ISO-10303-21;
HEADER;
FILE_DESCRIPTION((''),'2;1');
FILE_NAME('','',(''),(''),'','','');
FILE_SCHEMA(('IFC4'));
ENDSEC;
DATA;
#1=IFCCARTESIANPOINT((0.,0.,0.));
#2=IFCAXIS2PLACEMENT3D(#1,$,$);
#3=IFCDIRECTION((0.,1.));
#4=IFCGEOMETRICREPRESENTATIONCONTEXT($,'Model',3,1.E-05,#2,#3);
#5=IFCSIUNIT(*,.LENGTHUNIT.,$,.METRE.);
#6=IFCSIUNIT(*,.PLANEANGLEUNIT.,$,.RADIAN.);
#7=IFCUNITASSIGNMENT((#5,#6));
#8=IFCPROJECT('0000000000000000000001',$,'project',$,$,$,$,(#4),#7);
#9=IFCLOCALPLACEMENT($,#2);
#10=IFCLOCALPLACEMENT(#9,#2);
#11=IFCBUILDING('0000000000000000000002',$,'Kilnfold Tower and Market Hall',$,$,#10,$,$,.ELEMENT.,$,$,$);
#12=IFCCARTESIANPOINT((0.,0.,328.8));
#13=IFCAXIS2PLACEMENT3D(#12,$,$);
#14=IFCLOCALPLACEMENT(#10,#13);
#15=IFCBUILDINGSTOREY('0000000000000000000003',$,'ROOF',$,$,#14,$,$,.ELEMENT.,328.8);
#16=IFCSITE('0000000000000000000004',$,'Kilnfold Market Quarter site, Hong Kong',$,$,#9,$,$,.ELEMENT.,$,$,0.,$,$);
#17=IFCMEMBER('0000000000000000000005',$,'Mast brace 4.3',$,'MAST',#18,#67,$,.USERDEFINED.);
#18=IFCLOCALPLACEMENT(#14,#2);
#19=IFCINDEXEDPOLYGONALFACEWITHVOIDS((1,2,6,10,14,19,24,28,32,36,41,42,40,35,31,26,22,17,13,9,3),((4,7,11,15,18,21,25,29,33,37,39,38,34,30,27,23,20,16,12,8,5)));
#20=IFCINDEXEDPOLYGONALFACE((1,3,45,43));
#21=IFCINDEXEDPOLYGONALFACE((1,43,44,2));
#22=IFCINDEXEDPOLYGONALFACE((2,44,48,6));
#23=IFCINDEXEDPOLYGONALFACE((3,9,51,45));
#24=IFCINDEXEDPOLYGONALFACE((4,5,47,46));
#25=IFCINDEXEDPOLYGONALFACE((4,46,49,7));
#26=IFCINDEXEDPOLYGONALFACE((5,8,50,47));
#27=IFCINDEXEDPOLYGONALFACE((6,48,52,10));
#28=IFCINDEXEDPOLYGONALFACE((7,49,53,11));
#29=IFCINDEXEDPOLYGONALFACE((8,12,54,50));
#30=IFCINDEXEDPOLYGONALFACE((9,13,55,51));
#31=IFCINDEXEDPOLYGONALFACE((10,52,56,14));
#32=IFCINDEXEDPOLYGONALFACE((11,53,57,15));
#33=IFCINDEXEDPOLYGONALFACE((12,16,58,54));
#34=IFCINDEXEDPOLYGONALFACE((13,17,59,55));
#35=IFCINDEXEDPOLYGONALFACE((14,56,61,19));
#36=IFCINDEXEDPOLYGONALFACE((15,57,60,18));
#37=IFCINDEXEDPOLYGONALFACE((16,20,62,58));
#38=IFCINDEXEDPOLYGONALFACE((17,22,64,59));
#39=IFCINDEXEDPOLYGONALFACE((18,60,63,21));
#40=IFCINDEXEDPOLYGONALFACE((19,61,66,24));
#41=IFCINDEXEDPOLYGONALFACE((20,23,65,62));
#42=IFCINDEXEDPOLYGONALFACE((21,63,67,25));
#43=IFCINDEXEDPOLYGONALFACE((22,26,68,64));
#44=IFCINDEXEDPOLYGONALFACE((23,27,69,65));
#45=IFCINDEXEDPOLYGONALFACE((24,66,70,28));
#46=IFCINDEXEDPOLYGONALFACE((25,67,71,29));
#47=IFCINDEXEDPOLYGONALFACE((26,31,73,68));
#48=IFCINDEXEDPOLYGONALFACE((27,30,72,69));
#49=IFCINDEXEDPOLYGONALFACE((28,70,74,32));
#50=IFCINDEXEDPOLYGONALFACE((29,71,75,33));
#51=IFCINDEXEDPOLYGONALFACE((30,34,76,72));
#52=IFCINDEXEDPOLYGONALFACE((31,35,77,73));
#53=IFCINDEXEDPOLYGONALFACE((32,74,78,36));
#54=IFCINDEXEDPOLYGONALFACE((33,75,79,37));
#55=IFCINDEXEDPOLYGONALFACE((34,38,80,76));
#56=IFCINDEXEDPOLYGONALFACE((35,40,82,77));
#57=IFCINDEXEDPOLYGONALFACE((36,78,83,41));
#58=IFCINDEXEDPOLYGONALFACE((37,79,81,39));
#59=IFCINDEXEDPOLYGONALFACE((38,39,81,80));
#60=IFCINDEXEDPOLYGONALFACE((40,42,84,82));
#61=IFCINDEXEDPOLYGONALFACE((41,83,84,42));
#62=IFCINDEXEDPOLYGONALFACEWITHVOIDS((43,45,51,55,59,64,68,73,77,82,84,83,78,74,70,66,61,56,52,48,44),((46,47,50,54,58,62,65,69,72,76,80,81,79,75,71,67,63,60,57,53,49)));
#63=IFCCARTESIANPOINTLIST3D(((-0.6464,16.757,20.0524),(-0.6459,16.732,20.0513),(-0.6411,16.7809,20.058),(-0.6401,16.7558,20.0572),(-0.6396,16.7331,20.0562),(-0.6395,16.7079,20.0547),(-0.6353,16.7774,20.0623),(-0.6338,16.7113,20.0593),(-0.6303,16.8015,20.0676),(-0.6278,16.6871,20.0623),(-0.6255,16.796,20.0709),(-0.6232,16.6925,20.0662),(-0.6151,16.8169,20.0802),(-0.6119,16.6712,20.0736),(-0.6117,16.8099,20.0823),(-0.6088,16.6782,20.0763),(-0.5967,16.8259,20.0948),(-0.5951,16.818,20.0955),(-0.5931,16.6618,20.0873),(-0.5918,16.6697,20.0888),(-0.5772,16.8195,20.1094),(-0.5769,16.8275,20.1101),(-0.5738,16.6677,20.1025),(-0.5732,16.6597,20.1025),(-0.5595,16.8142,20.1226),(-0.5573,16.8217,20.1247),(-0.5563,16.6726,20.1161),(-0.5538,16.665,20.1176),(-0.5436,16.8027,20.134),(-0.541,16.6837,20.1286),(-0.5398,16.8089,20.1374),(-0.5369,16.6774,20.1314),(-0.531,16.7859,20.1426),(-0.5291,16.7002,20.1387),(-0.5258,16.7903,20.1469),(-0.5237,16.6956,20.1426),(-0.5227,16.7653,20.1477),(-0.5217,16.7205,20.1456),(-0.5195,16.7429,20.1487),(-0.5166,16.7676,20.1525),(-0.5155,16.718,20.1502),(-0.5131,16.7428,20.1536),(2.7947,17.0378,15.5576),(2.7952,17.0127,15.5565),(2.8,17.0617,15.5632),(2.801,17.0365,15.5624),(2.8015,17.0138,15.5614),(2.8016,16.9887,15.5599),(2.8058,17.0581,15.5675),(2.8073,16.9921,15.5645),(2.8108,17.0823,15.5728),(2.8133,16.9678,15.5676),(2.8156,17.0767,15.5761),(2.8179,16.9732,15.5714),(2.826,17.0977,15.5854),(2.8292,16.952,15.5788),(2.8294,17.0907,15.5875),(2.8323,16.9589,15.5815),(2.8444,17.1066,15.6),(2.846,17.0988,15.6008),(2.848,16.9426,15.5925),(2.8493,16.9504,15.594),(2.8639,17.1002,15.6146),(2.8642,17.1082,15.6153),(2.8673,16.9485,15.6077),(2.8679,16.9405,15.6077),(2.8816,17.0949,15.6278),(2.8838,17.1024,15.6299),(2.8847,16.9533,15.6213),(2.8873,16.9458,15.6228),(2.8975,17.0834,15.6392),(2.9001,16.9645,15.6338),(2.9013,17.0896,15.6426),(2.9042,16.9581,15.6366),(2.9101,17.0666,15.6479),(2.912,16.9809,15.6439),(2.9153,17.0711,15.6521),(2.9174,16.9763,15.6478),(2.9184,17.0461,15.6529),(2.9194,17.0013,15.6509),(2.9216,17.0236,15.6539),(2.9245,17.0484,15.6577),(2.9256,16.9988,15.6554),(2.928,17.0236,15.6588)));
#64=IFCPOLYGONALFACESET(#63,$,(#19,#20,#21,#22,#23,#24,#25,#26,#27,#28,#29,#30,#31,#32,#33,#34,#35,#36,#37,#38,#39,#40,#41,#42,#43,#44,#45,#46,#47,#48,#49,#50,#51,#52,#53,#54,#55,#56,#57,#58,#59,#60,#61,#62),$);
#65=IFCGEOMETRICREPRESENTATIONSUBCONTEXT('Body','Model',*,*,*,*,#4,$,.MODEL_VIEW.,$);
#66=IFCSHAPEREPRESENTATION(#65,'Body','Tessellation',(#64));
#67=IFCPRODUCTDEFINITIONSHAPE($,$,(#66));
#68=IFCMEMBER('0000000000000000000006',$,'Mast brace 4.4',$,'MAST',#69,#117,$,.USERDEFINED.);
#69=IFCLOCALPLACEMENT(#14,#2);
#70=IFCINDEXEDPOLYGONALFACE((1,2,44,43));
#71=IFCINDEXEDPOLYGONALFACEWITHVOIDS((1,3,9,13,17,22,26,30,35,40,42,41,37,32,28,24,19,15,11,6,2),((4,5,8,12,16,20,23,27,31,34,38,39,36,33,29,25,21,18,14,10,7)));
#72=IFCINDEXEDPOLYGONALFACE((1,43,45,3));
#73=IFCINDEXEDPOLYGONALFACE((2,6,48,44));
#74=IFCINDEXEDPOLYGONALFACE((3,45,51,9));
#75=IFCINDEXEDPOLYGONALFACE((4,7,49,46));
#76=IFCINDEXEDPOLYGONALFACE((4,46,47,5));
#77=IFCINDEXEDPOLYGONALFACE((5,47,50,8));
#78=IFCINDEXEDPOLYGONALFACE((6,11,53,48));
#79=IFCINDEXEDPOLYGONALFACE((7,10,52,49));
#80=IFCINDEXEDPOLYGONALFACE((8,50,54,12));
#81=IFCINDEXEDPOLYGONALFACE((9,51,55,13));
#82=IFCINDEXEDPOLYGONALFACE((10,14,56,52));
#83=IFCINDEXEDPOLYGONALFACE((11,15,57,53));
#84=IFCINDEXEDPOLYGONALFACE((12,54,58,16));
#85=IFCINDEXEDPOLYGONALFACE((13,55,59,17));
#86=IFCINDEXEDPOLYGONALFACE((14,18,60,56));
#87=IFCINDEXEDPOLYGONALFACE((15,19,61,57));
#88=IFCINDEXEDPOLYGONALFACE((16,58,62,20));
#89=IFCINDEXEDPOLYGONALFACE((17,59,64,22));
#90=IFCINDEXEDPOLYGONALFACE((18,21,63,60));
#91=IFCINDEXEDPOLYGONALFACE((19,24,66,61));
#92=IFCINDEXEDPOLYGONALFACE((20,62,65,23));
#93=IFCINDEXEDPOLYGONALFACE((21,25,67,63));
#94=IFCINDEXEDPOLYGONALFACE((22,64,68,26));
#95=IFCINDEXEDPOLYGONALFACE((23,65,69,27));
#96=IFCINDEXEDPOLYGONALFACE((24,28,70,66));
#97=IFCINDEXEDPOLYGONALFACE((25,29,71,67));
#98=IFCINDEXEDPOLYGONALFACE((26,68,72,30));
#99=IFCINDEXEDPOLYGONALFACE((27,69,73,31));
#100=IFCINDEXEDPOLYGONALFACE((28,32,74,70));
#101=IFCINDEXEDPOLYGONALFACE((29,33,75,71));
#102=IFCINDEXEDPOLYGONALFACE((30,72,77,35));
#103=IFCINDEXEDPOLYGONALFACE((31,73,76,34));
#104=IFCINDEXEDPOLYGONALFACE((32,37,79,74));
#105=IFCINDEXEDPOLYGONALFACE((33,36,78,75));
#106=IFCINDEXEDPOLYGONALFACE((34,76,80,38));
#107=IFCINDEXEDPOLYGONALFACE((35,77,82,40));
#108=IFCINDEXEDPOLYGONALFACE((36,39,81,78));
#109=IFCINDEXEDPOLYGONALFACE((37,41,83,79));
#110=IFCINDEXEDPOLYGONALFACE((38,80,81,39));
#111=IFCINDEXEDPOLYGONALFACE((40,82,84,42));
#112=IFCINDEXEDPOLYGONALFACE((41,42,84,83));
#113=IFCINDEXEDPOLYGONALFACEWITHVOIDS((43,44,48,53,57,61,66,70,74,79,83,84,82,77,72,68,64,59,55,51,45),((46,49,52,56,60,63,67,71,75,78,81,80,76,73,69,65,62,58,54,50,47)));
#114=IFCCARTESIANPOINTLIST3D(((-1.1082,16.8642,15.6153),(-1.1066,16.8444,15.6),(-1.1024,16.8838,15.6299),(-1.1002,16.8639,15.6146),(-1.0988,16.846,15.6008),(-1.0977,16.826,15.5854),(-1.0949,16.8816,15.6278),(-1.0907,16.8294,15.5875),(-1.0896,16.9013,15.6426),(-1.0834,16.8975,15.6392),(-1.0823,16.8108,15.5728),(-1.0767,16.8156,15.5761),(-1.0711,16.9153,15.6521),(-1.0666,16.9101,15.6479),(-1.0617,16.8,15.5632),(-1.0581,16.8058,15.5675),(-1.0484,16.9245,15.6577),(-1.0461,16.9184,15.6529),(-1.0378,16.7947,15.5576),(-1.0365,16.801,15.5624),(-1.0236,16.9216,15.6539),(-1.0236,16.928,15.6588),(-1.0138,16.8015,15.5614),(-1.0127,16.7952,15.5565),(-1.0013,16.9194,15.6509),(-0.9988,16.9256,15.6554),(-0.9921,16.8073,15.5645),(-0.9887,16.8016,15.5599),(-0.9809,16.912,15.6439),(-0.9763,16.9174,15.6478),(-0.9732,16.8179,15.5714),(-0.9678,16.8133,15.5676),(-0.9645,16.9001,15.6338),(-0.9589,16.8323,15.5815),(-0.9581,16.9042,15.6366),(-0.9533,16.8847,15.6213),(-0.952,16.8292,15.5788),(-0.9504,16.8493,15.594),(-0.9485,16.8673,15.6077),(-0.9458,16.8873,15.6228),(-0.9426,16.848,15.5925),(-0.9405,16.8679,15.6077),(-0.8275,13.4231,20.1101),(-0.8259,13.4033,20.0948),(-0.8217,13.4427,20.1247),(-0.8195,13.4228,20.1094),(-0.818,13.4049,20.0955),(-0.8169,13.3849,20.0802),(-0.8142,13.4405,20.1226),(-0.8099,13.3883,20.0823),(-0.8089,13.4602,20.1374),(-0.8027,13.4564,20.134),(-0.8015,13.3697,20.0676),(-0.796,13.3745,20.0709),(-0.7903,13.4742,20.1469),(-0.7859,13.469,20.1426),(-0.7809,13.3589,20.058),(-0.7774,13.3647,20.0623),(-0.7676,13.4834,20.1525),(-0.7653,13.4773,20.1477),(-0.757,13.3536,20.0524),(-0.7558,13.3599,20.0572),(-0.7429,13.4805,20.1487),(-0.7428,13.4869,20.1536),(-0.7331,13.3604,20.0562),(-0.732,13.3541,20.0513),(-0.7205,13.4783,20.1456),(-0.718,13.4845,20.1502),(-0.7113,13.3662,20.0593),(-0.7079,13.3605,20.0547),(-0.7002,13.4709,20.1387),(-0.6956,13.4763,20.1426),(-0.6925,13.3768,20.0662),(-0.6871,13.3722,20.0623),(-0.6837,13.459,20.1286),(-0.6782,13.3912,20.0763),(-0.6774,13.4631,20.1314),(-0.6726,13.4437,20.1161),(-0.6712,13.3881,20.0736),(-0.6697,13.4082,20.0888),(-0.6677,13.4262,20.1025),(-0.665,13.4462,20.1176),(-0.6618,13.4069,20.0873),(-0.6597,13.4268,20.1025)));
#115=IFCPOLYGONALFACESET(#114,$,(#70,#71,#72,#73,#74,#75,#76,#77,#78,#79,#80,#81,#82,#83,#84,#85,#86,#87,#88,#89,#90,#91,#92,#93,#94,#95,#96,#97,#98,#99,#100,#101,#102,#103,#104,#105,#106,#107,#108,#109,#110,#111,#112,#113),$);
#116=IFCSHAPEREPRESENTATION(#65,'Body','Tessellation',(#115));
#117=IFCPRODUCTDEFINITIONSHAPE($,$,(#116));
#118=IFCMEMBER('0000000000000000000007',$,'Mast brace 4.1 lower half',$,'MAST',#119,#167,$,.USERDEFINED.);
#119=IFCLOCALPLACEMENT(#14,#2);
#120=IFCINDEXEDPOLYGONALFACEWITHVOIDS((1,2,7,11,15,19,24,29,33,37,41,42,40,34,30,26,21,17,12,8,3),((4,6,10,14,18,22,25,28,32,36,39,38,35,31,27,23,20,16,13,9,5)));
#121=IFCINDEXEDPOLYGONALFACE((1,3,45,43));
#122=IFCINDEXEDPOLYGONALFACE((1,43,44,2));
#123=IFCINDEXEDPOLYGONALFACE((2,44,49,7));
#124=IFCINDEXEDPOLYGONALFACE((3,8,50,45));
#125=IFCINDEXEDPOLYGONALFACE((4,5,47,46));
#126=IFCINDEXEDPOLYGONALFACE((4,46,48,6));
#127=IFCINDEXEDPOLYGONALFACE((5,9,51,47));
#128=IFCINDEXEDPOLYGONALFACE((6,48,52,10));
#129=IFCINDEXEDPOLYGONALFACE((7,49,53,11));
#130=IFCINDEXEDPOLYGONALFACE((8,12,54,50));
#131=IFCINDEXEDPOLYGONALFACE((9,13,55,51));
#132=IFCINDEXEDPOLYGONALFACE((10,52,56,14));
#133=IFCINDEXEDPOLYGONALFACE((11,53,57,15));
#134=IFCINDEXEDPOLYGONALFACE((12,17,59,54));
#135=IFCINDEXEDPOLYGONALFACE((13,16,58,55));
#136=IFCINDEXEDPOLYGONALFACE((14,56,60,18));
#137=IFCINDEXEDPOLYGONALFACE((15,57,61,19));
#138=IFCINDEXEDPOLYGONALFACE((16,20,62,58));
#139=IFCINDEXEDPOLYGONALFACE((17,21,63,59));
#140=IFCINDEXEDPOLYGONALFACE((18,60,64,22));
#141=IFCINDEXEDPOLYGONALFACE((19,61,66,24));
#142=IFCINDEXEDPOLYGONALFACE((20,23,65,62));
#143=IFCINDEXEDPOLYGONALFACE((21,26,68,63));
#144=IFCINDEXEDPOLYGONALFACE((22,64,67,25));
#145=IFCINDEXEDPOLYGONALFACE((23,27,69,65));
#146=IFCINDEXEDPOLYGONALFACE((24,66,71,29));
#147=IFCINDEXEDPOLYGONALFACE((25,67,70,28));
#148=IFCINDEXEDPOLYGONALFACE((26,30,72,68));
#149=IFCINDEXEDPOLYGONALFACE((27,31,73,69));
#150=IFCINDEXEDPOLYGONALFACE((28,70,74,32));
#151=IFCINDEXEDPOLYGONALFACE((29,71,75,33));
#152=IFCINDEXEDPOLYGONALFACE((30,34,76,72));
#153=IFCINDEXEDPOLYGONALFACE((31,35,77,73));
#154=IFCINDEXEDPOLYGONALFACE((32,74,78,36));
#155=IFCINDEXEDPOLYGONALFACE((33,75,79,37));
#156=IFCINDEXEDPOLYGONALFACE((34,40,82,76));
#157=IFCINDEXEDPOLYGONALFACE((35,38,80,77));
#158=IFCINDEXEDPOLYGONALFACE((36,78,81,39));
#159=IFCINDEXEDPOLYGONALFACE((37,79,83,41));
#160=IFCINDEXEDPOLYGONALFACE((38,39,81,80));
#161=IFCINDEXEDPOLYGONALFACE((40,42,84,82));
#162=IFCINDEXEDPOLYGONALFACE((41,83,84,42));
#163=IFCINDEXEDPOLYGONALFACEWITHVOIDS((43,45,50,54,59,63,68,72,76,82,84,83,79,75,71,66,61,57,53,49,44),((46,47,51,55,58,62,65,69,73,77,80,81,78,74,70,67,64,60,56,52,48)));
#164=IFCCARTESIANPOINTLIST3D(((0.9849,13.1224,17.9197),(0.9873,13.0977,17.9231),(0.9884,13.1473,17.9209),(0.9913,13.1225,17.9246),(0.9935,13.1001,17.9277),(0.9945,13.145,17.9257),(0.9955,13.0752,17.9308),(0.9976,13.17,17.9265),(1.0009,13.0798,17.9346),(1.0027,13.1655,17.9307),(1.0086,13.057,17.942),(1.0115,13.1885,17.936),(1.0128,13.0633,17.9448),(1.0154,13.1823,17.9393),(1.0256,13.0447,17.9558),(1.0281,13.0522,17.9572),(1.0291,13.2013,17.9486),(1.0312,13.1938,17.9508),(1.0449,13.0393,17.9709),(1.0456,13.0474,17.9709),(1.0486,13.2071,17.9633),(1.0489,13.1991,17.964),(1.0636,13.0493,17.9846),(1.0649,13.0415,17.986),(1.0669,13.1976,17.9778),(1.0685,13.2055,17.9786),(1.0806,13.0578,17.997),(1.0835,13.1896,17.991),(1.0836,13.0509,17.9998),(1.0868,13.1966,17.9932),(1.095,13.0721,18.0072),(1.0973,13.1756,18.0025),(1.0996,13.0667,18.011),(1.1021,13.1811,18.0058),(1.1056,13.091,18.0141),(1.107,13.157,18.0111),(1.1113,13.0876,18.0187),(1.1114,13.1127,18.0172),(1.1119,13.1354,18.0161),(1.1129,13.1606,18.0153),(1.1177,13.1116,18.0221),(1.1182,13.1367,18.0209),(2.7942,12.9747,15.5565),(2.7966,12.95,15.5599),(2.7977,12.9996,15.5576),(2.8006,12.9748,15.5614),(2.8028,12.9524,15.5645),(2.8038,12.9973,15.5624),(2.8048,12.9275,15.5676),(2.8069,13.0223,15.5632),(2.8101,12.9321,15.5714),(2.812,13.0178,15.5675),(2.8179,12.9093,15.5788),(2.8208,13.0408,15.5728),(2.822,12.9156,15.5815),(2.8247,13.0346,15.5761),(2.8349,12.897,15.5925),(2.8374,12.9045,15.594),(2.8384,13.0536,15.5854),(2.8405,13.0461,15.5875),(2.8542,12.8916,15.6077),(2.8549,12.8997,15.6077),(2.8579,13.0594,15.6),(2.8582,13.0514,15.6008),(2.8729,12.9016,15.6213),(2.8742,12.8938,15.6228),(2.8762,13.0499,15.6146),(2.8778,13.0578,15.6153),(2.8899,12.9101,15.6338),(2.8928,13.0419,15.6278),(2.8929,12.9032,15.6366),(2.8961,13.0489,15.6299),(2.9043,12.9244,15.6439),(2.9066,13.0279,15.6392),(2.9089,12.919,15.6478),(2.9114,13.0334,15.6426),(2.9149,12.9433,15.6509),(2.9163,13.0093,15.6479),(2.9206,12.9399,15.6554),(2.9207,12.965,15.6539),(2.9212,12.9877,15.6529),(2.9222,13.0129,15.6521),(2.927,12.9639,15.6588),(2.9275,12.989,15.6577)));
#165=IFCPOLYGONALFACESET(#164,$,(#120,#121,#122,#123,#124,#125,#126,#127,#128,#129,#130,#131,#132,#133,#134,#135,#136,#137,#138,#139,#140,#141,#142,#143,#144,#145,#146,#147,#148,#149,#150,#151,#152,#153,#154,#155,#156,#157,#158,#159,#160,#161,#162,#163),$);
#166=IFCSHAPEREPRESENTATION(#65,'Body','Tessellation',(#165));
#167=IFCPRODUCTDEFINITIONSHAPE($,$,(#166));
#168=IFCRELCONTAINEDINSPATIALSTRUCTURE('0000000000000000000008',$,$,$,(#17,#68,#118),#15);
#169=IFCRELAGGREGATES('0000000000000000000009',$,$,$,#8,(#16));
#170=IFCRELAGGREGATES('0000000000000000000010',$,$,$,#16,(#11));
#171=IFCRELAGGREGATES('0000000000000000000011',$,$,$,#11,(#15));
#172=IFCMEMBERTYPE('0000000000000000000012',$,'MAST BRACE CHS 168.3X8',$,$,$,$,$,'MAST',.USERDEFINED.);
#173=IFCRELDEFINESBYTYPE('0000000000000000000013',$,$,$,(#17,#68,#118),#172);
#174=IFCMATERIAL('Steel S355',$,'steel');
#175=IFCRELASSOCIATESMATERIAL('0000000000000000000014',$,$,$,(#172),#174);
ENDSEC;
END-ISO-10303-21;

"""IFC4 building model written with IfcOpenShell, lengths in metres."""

from ifc_helpers import new_model, si_unit, direction, frame, origin, origin_2d, place, context, subcontext, project, spatial, hollow_circle, extrude, source, transform, mapped, material, material_profile, profile_set, type_object, element, save


model = new_model("IFC4")

# Units and contexts
model_context = context("Model", 3, precision=1e-05, world=origin(), true_north=direction((0.0, 1.0)))
body_context = subcontext(model_context, "Body", "Model", "MODEL_VIEW")
ifc_project = project(units=[si_unit("LENGTHUNIT", "METRE"), si_unit("PLANEANGLEUNIT", "RADIAN")], contexts=[model_context])

# Site, building, storey
site_placement = place(None, origin())
site = spatial("IfcSite", under=ifc_project, at=site_placement, Name="Kilnfold Market Quarter site, Hong Kong", CompositionType="ELEMENT", RefElevation=0.0)
building_placement = place(site_placement, origin())
building = spatial("IfcBuilding", under=site, at=building_placement, Name="Kilnfold Tower and Market Hall", CompositionType="ELEMENT")
storey_placement = place(building_placement, frame((0.0, 0.0, 328.8)))
storey = spatial("IfcBuildingStorey", under=building, at=storey_placement, Name="ROOF", CompositionType="ELEMENT", Elevation=328.8)

# Members
ifc_material_1 = material(Name="Steel S355", Category="steel")
ifc_material_profile_1 = material_profile(ifc_material_1, hollow_circle(Radius=0.0842, WallThickness=0.0081, at=origin_2d()), Name="CHS 168.3x8")
ifc_profile_set_1 = profile_set([ifc_material_profile_1], Name="Steel S355")
member_type_1 = type_object("IfcMemberType", Name="MAST BRACE CHS 168.3X8", ElementType="MAST", PredefinedType="USERDEFINED", material=ifc_profile_set_1)
shared_shape_1 = source(origin(), body_context, "Body", "SweptSolid", [
    extrude(hollow_circle(Radius=0.0842, WallThickness=0.0081, at=origin_2d()), origin(), (0.0, 0.0, 1.0), 5.6677),
])
for number, where, z_axis, x_axis, name in (
    (1, (2.8611, 17.0244, 15.6077), (-0.607139, -0.049536, 0.79305), (0.081319, -0.996688, 0.0), "Mast brace 4.3"),
    (2, (-1.0244, 16.8611, 15.6077), (0.049536, -0.607139, 0.79305), (0.996688, 0.081319, 0.0), "Mast brace 4.4"),
):
    element("IfcMember", number, at=place(storey_placement, frame(where, z_axis=z_axis, x_axis=x_axis)), inside=storey, type_object=member_type_1, Name=name, ObjectType="MAST", PredefinedType="USERDEFINED", context=body_context, shape_type="MappedRepresentation", body=[
        mapped(shared_shape_1, transform((0.0, 0.0, 0.0))),
    ])
shared_shape_2 = source(origin(), body_context, "Body", "SweptSolid", [
    extrude(hollow_circle(Radius=0.0842, WallThickness=0.0081, at=origin_2d()), origin(), (0.0, 0.0, 1.0), 2.98),
])
for number, where, z_axis, x_axis, name in (
    (3, (2.8611, 12.9756, 15.6077), (-0.60715, 0.049565, 0.79304), (-0.081365, -0.996684, 0.0), "Mast brace 4.1 lower half"),
):
    element("IfcMember", number, at=place(storey_placement, frame(where, z_axis=z_axis, x_axis=x_axis)), inside=storey, type_object=member_type_1, Name=name, ObjectType="MAST", PredefinedType="USERDEFINED", context=body_context, shape_type="MappedRepresentation", body=[
        mapped(shared_shape_2, transform((0.0, 0.0, 0.0))),
    ])

save(model, "model.ifc")
